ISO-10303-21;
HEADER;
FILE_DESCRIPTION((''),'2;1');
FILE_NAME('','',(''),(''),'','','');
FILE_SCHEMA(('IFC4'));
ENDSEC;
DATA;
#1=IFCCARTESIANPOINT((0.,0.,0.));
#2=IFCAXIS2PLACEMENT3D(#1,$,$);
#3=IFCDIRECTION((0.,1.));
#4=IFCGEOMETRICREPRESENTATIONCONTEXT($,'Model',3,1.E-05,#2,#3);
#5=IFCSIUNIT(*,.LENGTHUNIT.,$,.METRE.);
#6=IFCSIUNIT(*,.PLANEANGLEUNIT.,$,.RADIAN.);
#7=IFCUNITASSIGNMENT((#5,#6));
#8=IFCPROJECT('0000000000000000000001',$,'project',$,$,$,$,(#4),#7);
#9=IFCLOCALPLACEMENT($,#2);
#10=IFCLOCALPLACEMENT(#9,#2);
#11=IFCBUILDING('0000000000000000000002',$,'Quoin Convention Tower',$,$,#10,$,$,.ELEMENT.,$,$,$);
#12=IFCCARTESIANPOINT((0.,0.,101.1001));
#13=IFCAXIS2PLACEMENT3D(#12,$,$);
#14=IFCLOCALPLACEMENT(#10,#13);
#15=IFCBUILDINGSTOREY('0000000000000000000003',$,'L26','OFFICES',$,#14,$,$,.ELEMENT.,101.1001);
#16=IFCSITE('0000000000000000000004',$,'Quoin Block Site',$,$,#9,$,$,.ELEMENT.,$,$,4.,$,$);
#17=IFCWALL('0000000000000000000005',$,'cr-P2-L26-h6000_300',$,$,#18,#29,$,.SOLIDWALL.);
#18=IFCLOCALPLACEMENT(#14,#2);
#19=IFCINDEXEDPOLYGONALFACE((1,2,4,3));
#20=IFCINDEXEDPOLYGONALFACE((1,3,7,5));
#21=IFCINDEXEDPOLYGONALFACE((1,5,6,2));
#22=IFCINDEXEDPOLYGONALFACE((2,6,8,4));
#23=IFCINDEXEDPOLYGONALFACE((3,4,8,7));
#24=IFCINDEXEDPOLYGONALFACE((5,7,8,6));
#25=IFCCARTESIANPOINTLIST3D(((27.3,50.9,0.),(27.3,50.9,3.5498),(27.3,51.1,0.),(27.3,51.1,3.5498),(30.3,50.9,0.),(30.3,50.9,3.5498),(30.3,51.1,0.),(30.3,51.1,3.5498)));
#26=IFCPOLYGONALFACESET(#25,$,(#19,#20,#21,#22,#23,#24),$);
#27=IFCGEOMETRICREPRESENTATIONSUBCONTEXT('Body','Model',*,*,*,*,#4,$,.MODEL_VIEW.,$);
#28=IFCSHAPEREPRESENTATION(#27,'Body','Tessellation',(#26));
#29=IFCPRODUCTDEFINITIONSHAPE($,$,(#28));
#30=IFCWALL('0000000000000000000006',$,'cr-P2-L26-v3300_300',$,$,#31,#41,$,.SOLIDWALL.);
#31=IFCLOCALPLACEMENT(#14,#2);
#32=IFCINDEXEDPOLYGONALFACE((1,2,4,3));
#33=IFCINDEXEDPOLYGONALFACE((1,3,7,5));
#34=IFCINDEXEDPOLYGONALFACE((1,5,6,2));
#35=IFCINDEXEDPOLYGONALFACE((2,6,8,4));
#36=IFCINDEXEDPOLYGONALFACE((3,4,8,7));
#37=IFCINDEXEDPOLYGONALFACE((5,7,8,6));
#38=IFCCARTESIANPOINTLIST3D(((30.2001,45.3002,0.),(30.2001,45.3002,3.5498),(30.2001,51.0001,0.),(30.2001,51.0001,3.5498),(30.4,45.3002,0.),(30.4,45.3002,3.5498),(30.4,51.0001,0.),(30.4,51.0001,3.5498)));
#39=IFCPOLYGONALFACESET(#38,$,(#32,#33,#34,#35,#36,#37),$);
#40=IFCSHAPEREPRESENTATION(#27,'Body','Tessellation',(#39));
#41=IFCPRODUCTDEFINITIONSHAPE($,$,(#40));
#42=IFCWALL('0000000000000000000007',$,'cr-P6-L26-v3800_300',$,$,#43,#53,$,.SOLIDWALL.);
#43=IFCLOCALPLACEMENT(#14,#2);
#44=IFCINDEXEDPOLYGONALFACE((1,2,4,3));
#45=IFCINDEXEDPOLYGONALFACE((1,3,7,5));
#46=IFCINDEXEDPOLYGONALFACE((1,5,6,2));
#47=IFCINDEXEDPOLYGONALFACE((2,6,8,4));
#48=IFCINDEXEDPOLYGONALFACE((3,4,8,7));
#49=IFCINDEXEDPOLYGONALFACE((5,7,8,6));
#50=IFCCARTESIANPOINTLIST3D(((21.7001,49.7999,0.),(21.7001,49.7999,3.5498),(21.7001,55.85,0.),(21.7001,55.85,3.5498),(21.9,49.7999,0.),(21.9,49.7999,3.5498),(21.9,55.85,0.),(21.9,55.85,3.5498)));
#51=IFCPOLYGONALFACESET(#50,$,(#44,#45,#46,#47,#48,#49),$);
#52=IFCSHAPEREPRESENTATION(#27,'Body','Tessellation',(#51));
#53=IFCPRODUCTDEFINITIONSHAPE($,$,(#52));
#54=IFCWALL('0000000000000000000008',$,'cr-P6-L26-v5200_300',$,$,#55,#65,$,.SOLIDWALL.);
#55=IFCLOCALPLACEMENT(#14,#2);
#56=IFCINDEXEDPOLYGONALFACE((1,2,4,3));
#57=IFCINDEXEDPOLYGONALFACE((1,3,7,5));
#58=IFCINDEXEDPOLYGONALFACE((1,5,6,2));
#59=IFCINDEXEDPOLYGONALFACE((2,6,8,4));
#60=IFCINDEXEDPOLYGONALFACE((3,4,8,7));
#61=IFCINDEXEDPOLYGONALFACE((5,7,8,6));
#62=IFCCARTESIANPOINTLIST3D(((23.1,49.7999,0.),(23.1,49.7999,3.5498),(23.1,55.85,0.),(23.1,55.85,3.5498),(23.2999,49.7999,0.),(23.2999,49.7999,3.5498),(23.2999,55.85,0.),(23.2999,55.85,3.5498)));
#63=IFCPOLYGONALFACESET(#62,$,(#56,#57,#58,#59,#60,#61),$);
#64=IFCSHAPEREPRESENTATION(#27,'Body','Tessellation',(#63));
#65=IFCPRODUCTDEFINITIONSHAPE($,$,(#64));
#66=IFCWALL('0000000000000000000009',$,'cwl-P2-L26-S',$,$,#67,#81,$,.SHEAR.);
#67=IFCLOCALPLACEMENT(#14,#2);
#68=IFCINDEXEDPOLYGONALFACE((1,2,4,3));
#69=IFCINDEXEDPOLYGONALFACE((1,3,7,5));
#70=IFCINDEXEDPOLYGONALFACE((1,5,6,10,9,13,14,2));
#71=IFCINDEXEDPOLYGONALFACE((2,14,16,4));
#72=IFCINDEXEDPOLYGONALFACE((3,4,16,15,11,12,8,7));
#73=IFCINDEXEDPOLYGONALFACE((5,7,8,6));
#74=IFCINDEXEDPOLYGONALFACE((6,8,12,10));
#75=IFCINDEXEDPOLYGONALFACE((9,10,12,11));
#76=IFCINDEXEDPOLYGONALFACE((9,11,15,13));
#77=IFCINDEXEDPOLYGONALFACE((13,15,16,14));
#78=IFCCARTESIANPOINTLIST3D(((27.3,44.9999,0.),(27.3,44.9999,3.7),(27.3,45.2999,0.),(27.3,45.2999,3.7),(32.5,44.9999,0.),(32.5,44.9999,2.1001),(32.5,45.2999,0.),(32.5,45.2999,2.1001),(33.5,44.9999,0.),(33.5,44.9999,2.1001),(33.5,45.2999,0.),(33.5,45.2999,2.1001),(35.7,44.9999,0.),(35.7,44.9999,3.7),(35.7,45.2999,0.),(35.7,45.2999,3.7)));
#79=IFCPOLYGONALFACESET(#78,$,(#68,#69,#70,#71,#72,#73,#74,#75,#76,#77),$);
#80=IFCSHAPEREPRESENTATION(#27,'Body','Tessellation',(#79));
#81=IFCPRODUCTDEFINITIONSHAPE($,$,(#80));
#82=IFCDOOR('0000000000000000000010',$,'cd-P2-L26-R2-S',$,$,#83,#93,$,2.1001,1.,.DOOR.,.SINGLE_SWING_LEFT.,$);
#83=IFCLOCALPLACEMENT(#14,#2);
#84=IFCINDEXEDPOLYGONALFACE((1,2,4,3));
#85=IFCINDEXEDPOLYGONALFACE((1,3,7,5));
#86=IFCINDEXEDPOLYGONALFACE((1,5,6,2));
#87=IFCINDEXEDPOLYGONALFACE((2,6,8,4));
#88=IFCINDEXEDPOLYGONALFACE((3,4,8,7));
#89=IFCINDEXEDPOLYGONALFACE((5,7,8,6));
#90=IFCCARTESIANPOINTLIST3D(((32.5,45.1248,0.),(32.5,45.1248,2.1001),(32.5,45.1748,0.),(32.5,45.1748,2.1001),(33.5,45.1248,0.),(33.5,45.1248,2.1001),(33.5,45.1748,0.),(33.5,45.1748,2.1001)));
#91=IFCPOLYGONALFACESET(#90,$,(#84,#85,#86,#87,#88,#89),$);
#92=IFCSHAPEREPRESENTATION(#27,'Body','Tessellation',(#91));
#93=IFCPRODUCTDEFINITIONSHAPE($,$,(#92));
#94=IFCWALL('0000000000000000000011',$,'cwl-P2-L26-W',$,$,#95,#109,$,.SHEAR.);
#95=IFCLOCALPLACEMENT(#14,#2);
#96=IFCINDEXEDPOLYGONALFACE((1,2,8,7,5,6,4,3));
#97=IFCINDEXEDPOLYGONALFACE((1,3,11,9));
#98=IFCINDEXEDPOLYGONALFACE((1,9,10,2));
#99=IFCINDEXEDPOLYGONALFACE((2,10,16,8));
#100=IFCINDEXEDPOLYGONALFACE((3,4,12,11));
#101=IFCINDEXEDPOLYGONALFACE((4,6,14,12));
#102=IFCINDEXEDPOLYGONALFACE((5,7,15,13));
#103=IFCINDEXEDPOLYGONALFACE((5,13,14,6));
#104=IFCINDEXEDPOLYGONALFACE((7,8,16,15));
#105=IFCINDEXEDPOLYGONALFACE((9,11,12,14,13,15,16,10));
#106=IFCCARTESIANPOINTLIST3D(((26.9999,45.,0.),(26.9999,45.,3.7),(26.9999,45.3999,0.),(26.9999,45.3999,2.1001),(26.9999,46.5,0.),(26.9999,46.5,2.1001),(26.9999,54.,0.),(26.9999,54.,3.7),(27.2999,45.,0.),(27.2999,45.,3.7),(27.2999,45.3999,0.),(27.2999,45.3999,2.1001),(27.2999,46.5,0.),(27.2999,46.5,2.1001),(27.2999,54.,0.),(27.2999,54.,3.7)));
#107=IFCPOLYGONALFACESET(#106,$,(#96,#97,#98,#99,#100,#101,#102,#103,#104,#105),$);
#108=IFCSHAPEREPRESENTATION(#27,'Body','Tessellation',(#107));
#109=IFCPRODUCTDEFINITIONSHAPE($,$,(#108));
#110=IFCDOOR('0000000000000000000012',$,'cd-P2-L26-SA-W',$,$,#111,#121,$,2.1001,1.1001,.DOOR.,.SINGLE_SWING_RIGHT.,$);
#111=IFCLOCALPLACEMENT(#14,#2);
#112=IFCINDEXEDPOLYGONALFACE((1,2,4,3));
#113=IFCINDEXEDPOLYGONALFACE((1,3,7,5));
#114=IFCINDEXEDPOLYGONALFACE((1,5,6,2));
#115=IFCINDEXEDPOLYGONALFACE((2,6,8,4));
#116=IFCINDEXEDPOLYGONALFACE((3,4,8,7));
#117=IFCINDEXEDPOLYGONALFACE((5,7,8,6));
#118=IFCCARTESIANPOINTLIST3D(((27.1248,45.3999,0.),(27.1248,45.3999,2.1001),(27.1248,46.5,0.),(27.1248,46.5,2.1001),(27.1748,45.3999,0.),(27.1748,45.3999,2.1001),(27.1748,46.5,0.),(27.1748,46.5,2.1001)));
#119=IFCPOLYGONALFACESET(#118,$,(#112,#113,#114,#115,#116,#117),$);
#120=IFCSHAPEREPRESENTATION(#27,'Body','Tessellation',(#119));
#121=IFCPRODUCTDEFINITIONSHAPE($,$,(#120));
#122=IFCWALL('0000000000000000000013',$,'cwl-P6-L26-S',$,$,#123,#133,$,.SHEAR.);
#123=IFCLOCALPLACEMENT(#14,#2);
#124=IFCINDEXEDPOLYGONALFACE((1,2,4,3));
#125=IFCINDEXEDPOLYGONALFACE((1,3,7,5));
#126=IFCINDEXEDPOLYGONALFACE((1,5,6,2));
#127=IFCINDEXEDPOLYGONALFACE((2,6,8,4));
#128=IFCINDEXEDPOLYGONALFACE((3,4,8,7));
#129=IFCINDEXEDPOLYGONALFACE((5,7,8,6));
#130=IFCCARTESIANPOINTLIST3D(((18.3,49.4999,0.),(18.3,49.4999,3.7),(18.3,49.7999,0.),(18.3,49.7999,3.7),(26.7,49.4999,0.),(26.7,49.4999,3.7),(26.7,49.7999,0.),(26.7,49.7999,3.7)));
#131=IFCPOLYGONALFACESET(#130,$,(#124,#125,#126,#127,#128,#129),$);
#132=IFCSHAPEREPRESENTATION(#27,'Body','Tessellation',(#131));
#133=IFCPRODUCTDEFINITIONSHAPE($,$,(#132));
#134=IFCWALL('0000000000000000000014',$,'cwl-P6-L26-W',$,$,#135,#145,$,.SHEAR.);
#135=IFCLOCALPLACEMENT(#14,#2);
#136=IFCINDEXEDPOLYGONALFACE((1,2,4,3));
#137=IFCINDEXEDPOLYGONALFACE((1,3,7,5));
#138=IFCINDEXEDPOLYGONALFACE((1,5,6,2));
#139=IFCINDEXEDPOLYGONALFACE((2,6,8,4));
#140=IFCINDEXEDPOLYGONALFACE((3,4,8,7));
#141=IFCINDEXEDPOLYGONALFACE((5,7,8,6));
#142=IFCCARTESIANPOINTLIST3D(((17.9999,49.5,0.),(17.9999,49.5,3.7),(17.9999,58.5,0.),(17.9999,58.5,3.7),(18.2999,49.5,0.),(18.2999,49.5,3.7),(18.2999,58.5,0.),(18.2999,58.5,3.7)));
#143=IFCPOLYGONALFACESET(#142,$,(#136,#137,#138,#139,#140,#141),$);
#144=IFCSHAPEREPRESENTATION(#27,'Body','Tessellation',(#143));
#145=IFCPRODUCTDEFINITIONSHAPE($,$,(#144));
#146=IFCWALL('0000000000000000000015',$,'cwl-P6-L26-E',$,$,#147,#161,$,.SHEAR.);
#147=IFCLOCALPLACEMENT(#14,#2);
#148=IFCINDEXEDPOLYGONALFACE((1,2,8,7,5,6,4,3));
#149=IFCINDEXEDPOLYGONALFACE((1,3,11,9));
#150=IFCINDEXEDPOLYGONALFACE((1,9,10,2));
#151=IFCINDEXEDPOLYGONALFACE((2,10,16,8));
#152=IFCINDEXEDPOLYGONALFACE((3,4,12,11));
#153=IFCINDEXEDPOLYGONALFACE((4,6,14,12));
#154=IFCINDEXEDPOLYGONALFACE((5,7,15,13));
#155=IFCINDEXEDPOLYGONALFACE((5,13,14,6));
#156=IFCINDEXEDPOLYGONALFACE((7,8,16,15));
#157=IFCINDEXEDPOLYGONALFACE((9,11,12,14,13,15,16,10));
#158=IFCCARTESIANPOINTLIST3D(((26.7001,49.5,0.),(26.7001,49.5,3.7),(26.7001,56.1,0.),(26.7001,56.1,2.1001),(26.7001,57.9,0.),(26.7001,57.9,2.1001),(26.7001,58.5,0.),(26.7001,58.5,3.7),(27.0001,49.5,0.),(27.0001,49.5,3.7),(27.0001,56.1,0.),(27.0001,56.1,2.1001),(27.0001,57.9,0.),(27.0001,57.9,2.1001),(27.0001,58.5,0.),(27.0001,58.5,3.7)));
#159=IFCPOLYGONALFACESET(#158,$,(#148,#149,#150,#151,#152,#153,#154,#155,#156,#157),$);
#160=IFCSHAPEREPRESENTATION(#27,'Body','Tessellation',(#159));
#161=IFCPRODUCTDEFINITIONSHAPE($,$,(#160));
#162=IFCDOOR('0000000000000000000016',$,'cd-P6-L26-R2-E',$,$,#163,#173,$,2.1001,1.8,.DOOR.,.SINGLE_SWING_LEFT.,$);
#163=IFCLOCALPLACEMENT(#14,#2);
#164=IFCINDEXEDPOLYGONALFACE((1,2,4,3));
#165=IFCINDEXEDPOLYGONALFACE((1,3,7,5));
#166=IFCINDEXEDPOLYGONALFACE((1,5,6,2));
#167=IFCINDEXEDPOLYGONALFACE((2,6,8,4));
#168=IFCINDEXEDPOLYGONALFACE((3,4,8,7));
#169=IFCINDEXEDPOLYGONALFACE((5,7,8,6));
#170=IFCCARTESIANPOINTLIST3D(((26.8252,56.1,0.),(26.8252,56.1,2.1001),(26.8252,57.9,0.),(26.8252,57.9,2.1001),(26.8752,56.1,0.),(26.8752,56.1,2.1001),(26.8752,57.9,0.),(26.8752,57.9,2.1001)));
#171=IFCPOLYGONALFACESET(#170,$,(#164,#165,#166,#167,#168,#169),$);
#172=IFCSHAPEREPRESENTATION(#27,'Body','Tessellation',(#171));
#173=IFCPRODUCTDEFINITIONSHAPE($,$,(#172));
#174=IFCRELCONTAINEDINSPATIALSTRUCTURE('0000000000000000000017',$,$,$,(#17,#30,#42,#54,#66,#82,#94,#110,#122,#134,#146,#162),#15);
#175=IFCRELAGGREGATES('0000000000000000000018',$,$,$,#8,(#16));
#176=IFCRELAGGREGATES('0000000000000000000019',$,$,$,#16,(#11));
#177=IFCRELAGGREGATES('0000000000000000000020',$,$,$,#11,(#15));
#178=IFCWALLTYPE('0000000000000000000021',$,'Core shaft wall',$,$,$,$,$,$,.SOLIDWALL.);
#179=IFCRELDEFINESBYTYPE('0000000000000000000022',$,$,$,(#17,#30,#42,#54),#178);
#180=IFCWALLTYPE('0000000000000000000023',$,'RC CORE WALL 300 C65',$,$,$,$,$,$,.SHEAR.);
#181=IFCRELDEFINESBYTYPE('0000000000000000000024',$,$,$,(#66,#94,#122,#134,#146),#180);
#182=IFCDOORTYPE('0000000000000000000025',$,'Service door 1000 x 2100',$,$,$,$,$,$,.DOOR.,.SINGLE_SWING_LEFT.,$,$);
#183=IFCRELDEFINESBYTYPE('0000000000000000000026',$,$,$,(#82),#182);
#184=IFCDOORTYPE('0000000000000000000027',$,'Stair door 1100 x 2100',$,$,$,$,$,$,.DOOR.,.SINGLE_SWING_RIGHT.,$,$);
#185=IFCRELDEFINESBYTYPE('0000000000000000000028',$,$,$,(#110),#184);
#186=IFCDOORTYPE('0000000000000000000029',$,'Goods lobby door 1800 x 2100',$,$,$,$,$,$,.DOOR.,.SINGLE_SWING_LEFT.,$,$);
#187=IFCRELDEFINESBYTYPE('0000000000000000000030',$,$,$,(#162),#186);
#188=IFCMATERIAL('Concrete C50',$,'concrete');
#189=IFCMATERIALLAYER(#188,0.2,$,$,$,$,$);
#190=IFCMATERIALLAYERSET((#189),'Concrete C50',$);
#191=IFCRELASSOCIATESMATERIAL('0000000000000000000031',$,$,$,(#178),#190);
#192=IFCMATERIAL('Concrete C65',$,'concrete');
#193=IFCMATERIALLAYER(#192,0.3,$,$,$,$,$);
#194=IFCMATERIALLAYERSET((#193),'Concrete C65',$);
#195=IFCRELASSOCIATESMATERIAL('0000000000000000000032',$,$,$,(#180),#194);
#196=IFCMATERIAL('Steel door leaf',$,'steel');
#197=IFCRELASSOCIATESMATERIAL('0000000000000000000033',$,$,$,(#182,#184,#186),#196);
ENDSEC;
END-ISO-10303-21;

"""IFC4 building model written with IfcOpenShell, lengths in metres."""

from ifc_helpers import new_model, si_unit, direction, frame, frame_2d, origin, place, context, subcontext, project, spatial, rectangle, extrude, material, layer, layer_set, type_object, element, fill, save


model = new_model("IFC4")

# Units and contexts
model_context = context("Model", 3, precision=1e-05, world=origin(), true_north=direction((0.0, 1.0)))
body_context = subcontext(model_context, "Body", "Model", "MODEL_VIEW")
ifc_project = project(units=[si_unit("LENGTHUNIT", "METRE"), si_unit("PLANEANGLEUNIT", "RADIAN")], contexts=[model_context])

# Site, building, storey
site_placement = place(None, origin())
site = spatial("IfcSite", under=ifc_project, at=site_placement, Name="Quoin Block Site", CompositionType="ELEMENT", RefElevation=4.0)
building_placement = place(site_placement, origin())
building = spatial("IfcBuilding", under=site, at=building_placement, Name="Quoin Convention Tower", CompositionType="ELEMENT")
storey_placement = place(building_placement, frame((0.0, 0.0, 101.1001)))
storey = spatial("IfcBuildingStorey", under=building, at=storey_placement, Name="L26", Description="OFFICES", CompositionType="ELEMENT", Elevation=101.1001)

# Shared definitions
ifc_material_1 = material(Name="Concrete C65", Category="concrete")

# Walls
ifc_material_2 = material(Name="Concrete C50", Category="concrete")
ifc_layer_1 = layer(ifc_material_2, 0.2)
ifc_layer_set_1 = layer_set([ifc_layer_1], Name="Concrete C50")
wall_type_1 = type_object("IfcWallType", Name="Core shaft wall", PredefinedType="SOLIDWALL", material=ifc_layer_set_1)
wall_1_placement = place(storey_placement, frame((27.3, 51.0, 0.0), z_axis=(0.0, 0.0, 1.0), x_axis=(1.0, 0.0, 0.0)))
element("IfcWall", 1, at=wall_1_placement, inside=storey, type_object=wall_type_1, Name="cr-P2-L26-h6000_300", PredefinedType="SOLIDWALL", context=body_context, shape_type="SweptSolid", body=[
    extrude(rectangle(XDim=3.0, YDim=0.2, at=frame_2d((1.5, 0.0))), origin(), (0.0, 0.0, 1.0), 3.5498),
])
wall_2_placement = place(storey_placement, frame((30.3, 45.3, 0.0), z_axis=(0.0, 0.0, 1.0), x_axis=(0.0, 1.0, 0.0)))
element("IfcWall", 2, at=wall_2_placement, inside=storey, type_object=wall_type_1, Name="cr-P2-L26-v3300_300", PredefinedType="SOLIDWALL", context=body_context, shape_type="SweptSolid", body=[
    extrude(rectangle(XDim=5.7, YDim=0.2, at=frame_2d((2.8501, 0.0))), origin(), (0.0, 0.0, 1.0), 3.5498),
])
for number, where, z_axis, x_axis, name in (
    (3, (21.8, 49.8, 0.0), (0.0, 0.0, 1.0), (0.0, 1.0, 0.0), "cr-P6-L26-v3800_300"),
    (4, (23.2, 49.8, 0.0), (0.0, 0.0, 1.0), (0.0, 1.0, 0.0), "cr-P6-L26-v5200_300"),
):
    element("IfcWall", number, at=place(storey_placement, frame(where, z_axis=z_axis, x_axis=x_axis)), inside=storey, type_object=wall_type_1, Name=name, PredefinedType="SOLIDWALL", context=body_context, shape_type="SweptSolid", body=[
        extrude(rectangle(XDim=6.05, YDim=0.2, at=frame_2d((3.0249, 0.0))), origin(), (0.0, 0.0, 1.0), 3.5498),
    ])

# Walls, openings, doors
ifc_layer_2 = layer(ifc_material_1, 0.3)
ifc_layer_set_2 = layer_set([ifc_layer_2], Name="Concrete C65")
wall_type_2 = type_object("IfcWallType", Name="RC CORE WALL 300 C65", PredefinedType="SHEAR", material=ifc_layer_set_2)
wall_3_placement = place(storey_placement, frame((27.3, 45.1499, 0.0), z_axis=(0.0, 0.0, 1.0), x_axis=(1.0, 0.0, 0.0)))
wall_3 = element("IfcWall", 5, at=wall_3_placement, inside=storey, type_object=wall_type_2, Name="cwl-P2-L26-S", PredefinedType="SHEAR", context=body_context, shape_type="SweptSolid", body=[
    extrude(rectangle(XDim=8.3999, YDim=0.3, at=frame_2d((4.2, 0.0))), origin(), (0.0, 0.0, 1.0), 3.7),
])
opening_1_placement = place(wall_3_placement, frame((5.2, 0.0, 0.0)))
opening_1 = element("IfcOpeningElement", 6, at=opening_1_placement, cuts=wall_3, PredefinedType="OPENING", context=body_context, shape_type="SweptSolid", body=[
    extrude(rectangle(XDim=1.0, YDim=2.1001, at=frame_2d((0.5, 1.05))), frame((0.0, 0.1599, 0.0), z_axis=(0.0, -1.0, 0.0), x_axis=(1.0, 0.0, 0.0)), (0.0, 0.0, 1.0), 0.3201),
])
ifc_material_3 = material(Name="Steel door leaf", Category="steel")
door_type_1 = type_object("IfcDoorType", Name="Service door 1000 x 2100", OperationType="SINGLE_SWING_LEFT", PredefinedType="DOOR", material=ifc_material_3)
door_1_placement = place(opening_1_placement, origin())
door_1 = element("IfcDoor", 7, at=door_1_placement, inside=storey, type_object=door_type_1, Name="cd-P2-L26-R2-S", OperationType="SINGLE_SWING_LEFT", OverallHeight=2.1001, OverallWidth=1.0, PredefinedType="DOOR", context=body_context, shape_type="SweptSolid", body=[
    extrude(rectangle(XDim=1.0, YDim=2.1001, at=frame_2d((0.5, 1.05))), frame((0.0, 0.0249, 0.0), z_axis=(0.0, -1.0, 0.0), x_axis=(1.0, 0.0, 0.0)), (0.0, 0.0, 1.0), 0.05),
])
fill(opening_1, door_1)
wall_4_placement = place(storey_placement, frame((27.1499, 45.0, 0.0), z_axis=(0.0, 0.0, 1.0), x_axis=(0.0, 1.0, 0.0)))
wall_4 = element("IfcWall", 8, at=wall_4_placement, inside=storey, type_object=wall_type_2, Name="cwl-P2-L26-W", PredefinedType="SHEAR", context=body_context, shape_type="SweptSolid", body=[
    extrude(rectangle(XDim=9.0, YDim=0.3, at=frame_2d((4.5, 0.0))), origin(), (0.0, 0.0, 1.0), 3.7),
])
opening_2_placement = place(wall_4_placement, frame((0.3999, 0.0, 0.0)))
opening_2 = element("IfcOpeningElement", 9, at=opening_2_placement, cuts=wall_4, PredefinedType="OPENING", context=body_context, shape_type="SweptSolid", body=[
    extrude(rectangle(XDim=1.1001, YDim=2.1001, at=frame_2d((0.55, 1.05))), frame((0.0, 0.1599, 0.0), z_axis=(0.0, -1.0, 0.0), x_axis=(1.0, 0.0, 0.0)), (0.0, 0.0, 1.0), 0.3201),
])
door_type_2 = type_object("IfcDoorType", Name="Stair door 1100 x 2100", OperationType="SINGLE_SWING_RIGHT", PredefinedType="DOOR", material=ifc_material_3)
door_2_placement = place(opening_2_placement, frame((1.1001, 0.0, 0.0), z_axis=(0.0, 0.0, 1.0), x_axis=(-1.0, 0.0, 0.0)))
door_2 = element("IfcDoor", 10, at=door_2_placement, inside=storey, type_object=door_type_2, Name="cd-P2-L26-SA-W", OperationType="SINGLE_SWING_RIGHT", OverallHeight=2.1001, OverallWidth=1.1001, PredefinedType="DOOR", context=body_context, shape_type="SweptSolid", body=[
    extrude(rectangle(XDim=1.1001, YDim=2.1001, at=frame_2d((0.55, 1.05))), frame((0.0, 0.0249, 0.0), z_axis=(0.0, -1.0, 0.0), x_axis=(1.0, 0.0, 0.0)), (0.0, 0.0, 1.0), 0.05),
])
fill(opening_2, door_2)

# Walls
wall_5_placement = place(storey_placement, frame((18.3, 49.6499, 0.0), z_axis=(0.0, 0.0, 1.0), x_axis=(1.0, 0.0, 0.0)))
element("IfcWall", 11, at=wall_5_placement, inside=storey, type_object=wall_type_2, Name="cwl-P6-L26-S", PredefinedType="SHEAR", context=body_context, shape_type="SweptSolid", body=[
    extrude(rectangle(XDim=8.3999, YDim=0.3, at=frame_2d((4.2, 0.0))), origin(), (0.0, 0.0, 1.0), 3.7),
])
wall_6_placement = place(storey_placement, frame((18.1499, 49.5, 0.0), z_axis=(0.0, 0.0, 1.0), x_axis=(0.0, 1.0, 0.0)))
element("IfcWall", 12, at=wall_6_placement, inside=storey, type_object=wall_type_2, Name="cwl-P6-L26-W", PredefinedType="SHEAR", context=body_context, shape_type="SweptSolid", body=[
    extrude(rectangle(XDim=9.0, YDim=0.3, at=frame_2d((4.5, 0.0))), origin(), (0.0, 0.0, 1.0), 3.7),
])

# Wall, opening, door
wall_7_placement = place(storey_placement, frame((26.8501, 49.5, 0.0), z_axis=(0.0, 0.0, 1.0), x_axis=(0.0, 1.0, 0.0)))
wall_7 = element("IfcWall", 13, at=wall_7_placement, inside=storey, type_object=wall_type_2, Name="cwl-P6-L26-E", PredefinedType="SHEAR", context=body_context, shape_type="SweptSolid", body=[
    extrude(rectangle(XDim=9.0, YDim=0.3, at=frame_2d((4.5, 0.0))), origin(), (0.0, 0.0, 1.0), 3.7),
])
opening_3_placement = place(wall_7_placement, frame((6.6001, 0.0, 0.0)))
opening_3 = element("IfcOpeningElement", 14, at=opening_3_placement, cuts=wall_7, PredefinedType="OPENING", context=body_context, shape_type="SweptSolid", body=[
    extrude(rectangle(XDim=1.8, YDim=2.1001, at=frame_2d((0.8999, 1.05))), frame((0.0, 0.1599, 0.0), z_axis=(0.0, -1.0, 0.0), x_axis=(1.0, 0.0, 0.0)), (0.0, 0.0, 1.0), 0.3201),
])
door_type_3 = type_object("IfcDoorType", Name="Goods lobby door 1800 x 2100", OperationType="SINGLE_SWING_LEFT", PredefinedType="DOOR", material=ifc_material_3)
door_3_placement = place(opening_3_placement, origin())
door_3 = element("IfcDoor", 15, at=door_3_placement, inside=storey, type_object=door_type_3, Name="cd-P6-L26-R2-E", OperationType="SINGLE_SWING_LEFT", OverallHeight=2.1001, OverallWidth=1.8, PredefinedType="DOOR", context=body_context, shape_type="SweptSolid", body=[
    extrude(rectangle(XDim=1.8, YDim=2.1001, at=frame_2d((0.8999, 1.05))), frame((0.0, 0.0249, 0.0), z_axis=(0.0, -1.0, 0.0), x_axis=(1.0, 0.0, 0.0)), (0.0, 0.0, 1.0), 0.05),
])
fill(opening_3, door_3)

save(model, "model.ifc")
